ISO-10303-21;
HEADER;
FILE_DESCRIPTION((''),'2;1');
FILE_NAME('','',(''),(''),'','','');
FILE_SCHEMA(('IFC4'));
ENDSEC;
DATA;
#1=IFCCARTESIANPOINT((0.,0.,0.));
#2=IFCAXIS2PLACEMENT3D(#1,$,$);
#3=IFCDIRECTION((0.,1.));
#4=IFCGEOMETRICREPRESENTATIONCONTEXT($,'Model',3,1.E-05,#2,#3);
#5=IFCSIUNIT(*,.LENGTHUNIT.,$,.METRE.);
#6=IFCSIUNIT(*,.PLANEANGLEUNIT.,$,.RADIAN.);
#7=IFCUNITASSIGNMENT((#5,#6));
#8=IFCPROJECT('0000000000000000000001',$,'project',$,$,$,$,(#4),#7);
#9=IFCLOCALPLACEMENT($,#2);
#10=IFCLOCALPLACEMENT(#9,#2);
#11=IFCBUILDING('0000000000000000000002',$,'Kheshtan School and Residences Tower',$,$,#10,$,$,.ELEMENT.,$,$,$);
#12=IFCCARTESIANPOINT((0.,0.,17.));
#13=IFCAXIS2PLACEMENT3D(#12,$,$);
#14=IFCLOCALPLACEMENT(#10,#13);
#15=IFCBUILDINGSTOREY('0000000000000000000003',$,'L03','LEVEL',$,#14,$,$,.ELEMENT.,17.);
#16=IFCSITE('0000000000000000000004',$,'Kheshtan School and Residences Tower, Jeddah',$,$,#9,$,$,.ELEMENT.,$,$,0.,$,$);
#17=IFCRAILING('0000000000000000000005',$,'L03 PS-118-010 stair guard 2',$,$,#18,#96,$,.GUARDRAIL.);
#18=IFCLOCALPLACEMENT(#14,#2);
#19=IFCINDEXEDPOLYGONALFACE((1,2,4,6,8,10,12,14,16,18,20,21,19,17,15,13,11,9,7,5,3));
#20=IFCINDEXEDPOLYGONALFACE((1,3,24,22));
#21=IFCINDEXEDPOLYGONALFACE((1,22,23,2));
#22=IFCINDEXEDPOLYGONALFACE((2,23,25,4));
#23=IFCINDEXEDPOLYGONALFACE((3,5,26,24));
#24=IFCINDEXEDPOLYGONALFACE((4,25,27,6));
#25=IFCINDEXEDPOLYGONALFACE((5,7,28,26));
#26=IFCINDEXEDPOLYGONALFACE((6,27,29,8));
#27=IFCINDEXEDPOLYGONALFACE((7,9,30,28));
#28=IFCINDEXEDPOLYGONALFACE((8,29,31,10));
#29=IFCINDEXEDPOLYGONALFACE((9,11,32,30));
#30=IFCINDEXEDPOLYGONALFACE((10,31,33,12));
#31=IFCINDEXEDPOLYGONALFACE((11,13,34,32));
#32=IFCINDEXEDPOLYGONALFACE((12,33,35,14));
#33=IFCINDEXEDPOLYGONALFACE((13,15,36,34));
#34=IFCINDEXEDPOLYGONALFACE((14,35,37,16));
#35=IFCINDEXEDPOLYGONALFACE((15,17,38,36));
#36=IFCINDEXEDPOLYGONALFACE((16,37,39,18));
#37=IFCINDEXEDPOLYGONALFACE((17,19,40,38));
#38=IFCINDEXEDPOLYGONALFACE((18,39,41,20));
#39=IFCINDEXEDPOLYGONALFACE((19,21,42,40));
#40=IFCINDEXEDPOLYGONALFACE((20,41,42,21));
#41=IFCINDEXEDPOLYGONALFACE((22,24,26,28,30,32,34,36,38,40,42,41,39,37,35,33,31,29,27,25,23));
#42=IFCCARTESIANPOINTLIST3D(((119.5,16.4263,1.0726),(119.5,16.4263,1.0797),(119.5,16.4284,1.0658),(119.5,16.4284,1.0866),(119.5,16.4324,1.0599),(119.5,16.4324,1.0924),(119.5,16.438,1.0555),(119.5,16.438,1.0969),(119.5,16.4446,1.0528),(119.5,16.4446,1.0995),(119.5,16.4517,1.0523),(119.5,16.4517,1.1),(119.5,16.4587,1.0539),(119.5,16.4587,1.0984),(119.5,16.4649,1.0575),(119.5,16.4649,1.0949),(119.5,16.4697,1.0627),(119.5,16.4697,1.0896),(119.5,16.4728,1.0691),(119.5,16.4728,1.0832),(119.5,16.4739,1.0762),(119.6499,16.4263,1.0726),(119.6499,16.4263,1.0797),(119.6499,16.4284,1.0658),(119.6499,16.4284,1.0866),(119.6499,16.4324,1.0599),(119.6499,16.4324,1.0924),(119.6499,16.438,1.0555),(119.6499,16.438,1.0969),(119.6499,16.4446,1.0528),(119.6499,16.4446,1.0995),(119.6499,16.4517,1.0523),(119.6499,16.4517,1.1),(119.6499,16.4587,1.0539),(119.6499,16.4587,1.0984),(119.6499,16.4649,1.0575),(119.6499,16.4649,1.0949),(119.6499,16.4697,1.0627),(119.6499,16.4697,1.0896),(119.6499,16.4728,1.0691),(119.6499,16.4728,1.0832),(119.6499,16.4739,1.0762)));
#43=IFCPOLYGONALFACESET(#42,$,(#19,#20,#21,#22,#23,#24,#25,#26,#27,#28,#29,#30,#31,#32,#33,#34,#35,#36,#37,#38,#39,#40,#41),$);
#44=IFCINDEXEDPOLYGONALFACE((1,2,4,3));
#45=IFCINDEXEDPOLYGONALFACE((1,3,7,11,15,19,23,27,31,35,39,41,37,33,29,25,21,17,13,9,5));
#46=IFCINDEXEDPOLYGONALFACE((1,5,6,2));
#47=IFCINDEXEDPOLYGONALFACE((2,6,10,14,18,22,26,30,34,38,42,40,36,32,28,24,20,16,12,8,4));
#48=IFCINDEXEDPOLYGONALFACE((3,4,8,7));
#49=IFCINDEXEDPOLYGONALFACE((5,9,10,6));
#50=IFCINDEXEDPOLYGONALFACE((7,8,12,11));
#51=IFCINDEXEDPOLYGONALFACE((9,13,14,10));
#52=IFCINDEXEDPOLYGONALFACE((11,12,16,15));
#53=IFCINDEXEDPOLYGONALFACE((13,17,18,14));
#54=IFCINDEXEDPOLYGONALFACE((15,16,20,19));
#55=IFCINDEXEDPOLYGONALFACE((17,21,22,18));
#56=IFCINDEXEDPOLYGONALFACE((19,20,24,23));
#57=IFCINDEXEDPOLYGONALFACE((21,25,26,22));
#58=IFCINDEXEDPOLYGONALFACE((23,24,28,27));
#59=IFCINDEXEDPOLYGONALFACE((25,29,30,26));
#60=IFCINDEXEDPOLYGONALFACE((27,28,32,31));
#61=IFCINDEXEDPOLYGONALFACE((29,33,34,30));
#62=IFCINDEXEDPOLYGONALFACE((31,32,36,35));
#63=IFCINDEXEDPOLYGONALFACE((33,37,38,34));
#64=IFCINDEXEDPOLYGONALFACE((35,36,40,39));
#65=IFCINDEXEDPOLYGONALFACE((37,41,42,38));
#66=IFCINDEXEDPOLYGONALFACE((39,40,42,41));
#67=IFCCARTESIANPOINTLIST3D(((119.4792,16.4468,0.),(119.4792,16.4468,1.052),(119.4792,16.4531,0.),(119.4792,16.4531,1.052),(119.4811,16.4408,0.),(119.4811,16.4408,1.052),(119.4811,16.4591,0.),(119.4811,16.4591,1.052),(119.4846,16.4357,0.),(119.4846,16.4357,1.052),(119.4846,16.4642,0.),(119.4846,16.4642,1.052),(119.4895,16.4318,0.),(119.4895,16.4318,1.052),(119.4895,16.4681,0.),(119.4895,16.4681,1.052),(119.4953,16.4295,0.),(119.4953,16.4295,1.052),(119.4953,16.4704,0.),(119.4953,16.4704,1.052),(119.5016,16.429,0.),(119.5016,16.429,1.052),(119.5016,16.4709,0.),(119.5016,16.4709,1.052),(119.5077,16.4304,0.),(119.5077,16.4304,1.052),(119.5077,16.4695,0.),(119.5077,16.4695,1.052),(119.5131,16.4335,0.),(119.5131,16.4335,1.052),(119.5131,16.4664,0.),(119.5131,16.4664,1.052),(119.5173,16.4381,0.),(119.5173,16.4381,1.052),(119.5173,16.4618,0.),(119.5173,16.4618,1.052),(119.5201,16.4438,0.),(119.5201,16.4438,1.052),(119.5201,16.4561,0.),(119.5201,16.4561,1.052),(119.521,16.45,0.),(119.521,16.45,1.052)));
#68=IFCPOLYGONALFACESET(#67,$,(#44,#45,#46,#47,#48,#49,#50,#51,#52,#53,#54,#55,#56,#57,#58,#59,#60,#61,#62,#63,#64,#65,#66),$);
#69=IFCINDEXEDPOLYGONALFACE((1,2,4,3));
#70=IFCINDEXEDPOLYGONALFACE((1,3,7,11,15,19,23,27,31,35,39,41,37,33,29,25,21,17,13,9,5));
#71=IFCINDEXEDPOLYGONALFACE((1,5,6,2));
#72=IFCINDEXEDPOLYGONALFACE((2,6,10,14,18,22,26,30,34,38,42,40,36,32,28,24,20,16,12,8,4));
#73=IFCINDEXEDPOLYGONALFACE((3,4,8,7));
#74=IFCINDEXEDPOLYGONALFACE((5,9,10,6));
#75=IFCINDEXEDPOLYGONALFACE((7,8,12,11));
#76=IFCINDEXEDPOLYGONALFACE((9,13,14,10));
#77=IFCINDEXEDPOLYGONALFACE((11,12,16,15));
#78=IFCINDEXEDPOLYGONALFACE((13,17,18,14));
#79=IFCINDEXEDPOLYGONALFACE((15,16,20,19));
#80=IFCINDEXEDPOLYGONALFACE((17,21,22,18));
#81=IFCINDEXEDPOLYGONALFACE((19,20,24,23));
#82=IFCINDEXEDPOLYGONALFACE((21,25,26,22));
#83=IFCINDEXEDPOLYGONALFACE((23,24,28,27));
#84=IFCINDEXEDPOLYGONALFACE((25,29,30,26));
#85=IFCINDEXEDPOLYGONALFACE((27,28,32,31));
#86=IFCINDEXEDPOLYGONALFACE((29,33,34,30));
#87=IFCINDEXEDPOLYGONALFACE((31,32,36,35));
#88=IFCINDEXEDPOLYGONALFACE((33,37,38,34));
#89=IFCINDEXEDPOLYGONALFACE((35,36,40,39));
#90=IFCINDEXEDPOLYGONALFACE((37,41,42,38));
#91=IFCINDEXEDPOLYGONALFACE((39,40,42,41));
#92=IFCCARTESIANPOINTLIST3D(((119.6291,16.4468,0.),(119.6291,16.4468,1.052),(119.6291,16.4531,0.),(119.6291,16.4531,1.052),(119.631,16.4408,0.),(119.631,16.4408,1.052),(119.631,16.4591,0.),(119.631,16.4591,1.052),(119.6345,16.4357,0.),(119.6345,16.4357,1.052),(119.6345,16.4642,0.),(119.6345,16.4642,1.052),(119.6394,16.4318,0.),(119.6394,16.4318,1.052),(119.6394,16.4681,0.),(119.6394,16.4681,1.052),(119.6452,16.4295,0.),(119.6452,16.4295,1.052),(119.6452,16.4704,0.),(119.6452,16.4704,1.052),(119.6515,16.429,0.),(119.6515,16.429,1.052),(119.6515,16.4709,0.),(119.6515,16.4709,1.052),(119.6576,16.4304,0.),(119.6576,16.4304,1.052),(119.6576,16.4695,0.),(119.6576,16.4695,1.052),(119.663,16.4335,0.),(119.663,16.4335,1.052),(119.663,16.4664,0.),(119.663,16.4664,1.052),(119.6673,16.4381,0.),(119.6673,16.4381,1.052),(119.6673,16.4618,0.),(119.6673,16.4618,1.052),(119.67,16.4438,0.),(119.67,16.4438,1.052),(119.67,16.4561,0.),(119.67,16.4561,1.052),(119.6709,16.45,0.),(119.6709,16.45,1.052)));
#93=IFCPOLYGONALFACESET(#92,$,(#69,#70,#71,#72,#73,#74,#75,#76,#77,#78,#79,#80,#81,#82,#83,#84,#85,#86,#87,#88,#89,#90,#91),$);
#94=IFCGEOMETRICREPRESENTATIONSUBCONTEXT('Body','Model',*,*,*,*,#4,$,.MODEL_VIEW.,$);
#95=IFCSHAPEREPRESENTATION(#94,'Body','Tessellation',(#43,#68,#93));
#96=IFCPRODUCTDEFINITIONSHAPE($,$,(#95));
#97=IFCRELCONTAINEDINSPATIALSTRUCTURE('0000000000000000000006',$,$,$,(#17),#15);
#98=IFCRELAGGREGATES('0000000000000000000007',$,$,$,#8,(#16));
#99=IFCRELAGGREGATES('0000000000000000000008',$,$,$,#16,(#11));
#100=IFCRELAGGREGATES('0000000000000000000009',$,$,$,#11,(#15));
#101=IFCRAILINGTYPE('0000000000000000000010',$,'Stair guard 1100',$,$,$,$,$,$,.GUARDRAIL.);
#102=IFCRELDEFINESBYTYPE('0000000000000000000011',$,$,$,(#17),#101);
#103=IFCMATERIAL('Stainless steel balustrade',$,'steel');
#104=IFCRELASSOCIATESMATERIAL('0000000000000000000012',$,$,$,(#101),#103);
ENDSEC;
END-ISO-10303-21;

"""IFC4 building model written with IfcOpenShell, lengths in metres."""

from ifc_helpers import new_model, si_unit, direction, frame, origin, origin_2d, place, context, subcontext, project, spatial, circle, extrude, material, type_object, element, save


model = new_model("IFC4")

# Units and contexts
model_context = context("Model", 3, precision=1e-05, world=origin(), true_north=direction((0.0, 1.0)))
body_context = subcontext(model_context, "Body", "Model", "MODEL_VIEW")
ifc_project = project(units=[si_unit("LENGTHUNIT", "METRE"), si_unit("PLANEANGLEUNIT", "RADIAN")], contexts=[model_context])

# Site, building, storey
site_placement = place(None, origin())
site = spatial("IfcSite", under=ifc_project, at=site_placement, Name="Kheshtan School and Residences Tower, Jeddah", CompositionType="ELEMENT", RefElevation=0.0)
building_placement = place(site_placement, origin())
building = spatial("IfcBuilding", under=site, at=building_placement, Name="Kheshtan School and Residences Tower", CompositionType="ELEMENT")
storey_placement = place(building_placement, frame((0.0, 0.0, 17.0)))
storey = spatial("IfcBuildingStorey", under=building, at=storey_placement, Name="L03", Description="LEVEL", CompositionType="ELEMENT", Elevation=17.0)

# Railing
ifc_material_1 = material(Name="Stainless steel balustrade", Category="steel")
railing_type_1 = type_object("IfcRailingType", Name="Stair guard 1100", PredefinedType="GUARDRAIL", material=ifc_material_1)
railing_1_placement = place(storey_placement, frame((119.5, 16.45, 0.0)))
element("IfcRailing", 1, at=railing_1_placement, inside=storey, type_object=railing_type_1, Name="L03 PS-118-010 stair guard 2", PredefinedType="GUARDRAIL", context=body_context, shape_type="SweptSolid", body=[
    extrude(circle(Radius=0.0239, at=origin_2d()), frame((0.0, 0.0, 1.0762), z_axis=(1.0, 0.0, 0.0), x_axis=(0.0, 1.0, 0.0)), (0.0, 0.0, 1.0), 0.1499),
    extrude(circle(Radius=0.021, at=origin_2d()), origin(), (0.0, 0.0, 1.0), 1.052),
    extrude(circle(Radius=0.021, at=origin_2d()), frame((0.1499, 0.0, 0.0)), (0.0, 0.0, 1.0), 1.052),
])

save(model, "model.ifc")
